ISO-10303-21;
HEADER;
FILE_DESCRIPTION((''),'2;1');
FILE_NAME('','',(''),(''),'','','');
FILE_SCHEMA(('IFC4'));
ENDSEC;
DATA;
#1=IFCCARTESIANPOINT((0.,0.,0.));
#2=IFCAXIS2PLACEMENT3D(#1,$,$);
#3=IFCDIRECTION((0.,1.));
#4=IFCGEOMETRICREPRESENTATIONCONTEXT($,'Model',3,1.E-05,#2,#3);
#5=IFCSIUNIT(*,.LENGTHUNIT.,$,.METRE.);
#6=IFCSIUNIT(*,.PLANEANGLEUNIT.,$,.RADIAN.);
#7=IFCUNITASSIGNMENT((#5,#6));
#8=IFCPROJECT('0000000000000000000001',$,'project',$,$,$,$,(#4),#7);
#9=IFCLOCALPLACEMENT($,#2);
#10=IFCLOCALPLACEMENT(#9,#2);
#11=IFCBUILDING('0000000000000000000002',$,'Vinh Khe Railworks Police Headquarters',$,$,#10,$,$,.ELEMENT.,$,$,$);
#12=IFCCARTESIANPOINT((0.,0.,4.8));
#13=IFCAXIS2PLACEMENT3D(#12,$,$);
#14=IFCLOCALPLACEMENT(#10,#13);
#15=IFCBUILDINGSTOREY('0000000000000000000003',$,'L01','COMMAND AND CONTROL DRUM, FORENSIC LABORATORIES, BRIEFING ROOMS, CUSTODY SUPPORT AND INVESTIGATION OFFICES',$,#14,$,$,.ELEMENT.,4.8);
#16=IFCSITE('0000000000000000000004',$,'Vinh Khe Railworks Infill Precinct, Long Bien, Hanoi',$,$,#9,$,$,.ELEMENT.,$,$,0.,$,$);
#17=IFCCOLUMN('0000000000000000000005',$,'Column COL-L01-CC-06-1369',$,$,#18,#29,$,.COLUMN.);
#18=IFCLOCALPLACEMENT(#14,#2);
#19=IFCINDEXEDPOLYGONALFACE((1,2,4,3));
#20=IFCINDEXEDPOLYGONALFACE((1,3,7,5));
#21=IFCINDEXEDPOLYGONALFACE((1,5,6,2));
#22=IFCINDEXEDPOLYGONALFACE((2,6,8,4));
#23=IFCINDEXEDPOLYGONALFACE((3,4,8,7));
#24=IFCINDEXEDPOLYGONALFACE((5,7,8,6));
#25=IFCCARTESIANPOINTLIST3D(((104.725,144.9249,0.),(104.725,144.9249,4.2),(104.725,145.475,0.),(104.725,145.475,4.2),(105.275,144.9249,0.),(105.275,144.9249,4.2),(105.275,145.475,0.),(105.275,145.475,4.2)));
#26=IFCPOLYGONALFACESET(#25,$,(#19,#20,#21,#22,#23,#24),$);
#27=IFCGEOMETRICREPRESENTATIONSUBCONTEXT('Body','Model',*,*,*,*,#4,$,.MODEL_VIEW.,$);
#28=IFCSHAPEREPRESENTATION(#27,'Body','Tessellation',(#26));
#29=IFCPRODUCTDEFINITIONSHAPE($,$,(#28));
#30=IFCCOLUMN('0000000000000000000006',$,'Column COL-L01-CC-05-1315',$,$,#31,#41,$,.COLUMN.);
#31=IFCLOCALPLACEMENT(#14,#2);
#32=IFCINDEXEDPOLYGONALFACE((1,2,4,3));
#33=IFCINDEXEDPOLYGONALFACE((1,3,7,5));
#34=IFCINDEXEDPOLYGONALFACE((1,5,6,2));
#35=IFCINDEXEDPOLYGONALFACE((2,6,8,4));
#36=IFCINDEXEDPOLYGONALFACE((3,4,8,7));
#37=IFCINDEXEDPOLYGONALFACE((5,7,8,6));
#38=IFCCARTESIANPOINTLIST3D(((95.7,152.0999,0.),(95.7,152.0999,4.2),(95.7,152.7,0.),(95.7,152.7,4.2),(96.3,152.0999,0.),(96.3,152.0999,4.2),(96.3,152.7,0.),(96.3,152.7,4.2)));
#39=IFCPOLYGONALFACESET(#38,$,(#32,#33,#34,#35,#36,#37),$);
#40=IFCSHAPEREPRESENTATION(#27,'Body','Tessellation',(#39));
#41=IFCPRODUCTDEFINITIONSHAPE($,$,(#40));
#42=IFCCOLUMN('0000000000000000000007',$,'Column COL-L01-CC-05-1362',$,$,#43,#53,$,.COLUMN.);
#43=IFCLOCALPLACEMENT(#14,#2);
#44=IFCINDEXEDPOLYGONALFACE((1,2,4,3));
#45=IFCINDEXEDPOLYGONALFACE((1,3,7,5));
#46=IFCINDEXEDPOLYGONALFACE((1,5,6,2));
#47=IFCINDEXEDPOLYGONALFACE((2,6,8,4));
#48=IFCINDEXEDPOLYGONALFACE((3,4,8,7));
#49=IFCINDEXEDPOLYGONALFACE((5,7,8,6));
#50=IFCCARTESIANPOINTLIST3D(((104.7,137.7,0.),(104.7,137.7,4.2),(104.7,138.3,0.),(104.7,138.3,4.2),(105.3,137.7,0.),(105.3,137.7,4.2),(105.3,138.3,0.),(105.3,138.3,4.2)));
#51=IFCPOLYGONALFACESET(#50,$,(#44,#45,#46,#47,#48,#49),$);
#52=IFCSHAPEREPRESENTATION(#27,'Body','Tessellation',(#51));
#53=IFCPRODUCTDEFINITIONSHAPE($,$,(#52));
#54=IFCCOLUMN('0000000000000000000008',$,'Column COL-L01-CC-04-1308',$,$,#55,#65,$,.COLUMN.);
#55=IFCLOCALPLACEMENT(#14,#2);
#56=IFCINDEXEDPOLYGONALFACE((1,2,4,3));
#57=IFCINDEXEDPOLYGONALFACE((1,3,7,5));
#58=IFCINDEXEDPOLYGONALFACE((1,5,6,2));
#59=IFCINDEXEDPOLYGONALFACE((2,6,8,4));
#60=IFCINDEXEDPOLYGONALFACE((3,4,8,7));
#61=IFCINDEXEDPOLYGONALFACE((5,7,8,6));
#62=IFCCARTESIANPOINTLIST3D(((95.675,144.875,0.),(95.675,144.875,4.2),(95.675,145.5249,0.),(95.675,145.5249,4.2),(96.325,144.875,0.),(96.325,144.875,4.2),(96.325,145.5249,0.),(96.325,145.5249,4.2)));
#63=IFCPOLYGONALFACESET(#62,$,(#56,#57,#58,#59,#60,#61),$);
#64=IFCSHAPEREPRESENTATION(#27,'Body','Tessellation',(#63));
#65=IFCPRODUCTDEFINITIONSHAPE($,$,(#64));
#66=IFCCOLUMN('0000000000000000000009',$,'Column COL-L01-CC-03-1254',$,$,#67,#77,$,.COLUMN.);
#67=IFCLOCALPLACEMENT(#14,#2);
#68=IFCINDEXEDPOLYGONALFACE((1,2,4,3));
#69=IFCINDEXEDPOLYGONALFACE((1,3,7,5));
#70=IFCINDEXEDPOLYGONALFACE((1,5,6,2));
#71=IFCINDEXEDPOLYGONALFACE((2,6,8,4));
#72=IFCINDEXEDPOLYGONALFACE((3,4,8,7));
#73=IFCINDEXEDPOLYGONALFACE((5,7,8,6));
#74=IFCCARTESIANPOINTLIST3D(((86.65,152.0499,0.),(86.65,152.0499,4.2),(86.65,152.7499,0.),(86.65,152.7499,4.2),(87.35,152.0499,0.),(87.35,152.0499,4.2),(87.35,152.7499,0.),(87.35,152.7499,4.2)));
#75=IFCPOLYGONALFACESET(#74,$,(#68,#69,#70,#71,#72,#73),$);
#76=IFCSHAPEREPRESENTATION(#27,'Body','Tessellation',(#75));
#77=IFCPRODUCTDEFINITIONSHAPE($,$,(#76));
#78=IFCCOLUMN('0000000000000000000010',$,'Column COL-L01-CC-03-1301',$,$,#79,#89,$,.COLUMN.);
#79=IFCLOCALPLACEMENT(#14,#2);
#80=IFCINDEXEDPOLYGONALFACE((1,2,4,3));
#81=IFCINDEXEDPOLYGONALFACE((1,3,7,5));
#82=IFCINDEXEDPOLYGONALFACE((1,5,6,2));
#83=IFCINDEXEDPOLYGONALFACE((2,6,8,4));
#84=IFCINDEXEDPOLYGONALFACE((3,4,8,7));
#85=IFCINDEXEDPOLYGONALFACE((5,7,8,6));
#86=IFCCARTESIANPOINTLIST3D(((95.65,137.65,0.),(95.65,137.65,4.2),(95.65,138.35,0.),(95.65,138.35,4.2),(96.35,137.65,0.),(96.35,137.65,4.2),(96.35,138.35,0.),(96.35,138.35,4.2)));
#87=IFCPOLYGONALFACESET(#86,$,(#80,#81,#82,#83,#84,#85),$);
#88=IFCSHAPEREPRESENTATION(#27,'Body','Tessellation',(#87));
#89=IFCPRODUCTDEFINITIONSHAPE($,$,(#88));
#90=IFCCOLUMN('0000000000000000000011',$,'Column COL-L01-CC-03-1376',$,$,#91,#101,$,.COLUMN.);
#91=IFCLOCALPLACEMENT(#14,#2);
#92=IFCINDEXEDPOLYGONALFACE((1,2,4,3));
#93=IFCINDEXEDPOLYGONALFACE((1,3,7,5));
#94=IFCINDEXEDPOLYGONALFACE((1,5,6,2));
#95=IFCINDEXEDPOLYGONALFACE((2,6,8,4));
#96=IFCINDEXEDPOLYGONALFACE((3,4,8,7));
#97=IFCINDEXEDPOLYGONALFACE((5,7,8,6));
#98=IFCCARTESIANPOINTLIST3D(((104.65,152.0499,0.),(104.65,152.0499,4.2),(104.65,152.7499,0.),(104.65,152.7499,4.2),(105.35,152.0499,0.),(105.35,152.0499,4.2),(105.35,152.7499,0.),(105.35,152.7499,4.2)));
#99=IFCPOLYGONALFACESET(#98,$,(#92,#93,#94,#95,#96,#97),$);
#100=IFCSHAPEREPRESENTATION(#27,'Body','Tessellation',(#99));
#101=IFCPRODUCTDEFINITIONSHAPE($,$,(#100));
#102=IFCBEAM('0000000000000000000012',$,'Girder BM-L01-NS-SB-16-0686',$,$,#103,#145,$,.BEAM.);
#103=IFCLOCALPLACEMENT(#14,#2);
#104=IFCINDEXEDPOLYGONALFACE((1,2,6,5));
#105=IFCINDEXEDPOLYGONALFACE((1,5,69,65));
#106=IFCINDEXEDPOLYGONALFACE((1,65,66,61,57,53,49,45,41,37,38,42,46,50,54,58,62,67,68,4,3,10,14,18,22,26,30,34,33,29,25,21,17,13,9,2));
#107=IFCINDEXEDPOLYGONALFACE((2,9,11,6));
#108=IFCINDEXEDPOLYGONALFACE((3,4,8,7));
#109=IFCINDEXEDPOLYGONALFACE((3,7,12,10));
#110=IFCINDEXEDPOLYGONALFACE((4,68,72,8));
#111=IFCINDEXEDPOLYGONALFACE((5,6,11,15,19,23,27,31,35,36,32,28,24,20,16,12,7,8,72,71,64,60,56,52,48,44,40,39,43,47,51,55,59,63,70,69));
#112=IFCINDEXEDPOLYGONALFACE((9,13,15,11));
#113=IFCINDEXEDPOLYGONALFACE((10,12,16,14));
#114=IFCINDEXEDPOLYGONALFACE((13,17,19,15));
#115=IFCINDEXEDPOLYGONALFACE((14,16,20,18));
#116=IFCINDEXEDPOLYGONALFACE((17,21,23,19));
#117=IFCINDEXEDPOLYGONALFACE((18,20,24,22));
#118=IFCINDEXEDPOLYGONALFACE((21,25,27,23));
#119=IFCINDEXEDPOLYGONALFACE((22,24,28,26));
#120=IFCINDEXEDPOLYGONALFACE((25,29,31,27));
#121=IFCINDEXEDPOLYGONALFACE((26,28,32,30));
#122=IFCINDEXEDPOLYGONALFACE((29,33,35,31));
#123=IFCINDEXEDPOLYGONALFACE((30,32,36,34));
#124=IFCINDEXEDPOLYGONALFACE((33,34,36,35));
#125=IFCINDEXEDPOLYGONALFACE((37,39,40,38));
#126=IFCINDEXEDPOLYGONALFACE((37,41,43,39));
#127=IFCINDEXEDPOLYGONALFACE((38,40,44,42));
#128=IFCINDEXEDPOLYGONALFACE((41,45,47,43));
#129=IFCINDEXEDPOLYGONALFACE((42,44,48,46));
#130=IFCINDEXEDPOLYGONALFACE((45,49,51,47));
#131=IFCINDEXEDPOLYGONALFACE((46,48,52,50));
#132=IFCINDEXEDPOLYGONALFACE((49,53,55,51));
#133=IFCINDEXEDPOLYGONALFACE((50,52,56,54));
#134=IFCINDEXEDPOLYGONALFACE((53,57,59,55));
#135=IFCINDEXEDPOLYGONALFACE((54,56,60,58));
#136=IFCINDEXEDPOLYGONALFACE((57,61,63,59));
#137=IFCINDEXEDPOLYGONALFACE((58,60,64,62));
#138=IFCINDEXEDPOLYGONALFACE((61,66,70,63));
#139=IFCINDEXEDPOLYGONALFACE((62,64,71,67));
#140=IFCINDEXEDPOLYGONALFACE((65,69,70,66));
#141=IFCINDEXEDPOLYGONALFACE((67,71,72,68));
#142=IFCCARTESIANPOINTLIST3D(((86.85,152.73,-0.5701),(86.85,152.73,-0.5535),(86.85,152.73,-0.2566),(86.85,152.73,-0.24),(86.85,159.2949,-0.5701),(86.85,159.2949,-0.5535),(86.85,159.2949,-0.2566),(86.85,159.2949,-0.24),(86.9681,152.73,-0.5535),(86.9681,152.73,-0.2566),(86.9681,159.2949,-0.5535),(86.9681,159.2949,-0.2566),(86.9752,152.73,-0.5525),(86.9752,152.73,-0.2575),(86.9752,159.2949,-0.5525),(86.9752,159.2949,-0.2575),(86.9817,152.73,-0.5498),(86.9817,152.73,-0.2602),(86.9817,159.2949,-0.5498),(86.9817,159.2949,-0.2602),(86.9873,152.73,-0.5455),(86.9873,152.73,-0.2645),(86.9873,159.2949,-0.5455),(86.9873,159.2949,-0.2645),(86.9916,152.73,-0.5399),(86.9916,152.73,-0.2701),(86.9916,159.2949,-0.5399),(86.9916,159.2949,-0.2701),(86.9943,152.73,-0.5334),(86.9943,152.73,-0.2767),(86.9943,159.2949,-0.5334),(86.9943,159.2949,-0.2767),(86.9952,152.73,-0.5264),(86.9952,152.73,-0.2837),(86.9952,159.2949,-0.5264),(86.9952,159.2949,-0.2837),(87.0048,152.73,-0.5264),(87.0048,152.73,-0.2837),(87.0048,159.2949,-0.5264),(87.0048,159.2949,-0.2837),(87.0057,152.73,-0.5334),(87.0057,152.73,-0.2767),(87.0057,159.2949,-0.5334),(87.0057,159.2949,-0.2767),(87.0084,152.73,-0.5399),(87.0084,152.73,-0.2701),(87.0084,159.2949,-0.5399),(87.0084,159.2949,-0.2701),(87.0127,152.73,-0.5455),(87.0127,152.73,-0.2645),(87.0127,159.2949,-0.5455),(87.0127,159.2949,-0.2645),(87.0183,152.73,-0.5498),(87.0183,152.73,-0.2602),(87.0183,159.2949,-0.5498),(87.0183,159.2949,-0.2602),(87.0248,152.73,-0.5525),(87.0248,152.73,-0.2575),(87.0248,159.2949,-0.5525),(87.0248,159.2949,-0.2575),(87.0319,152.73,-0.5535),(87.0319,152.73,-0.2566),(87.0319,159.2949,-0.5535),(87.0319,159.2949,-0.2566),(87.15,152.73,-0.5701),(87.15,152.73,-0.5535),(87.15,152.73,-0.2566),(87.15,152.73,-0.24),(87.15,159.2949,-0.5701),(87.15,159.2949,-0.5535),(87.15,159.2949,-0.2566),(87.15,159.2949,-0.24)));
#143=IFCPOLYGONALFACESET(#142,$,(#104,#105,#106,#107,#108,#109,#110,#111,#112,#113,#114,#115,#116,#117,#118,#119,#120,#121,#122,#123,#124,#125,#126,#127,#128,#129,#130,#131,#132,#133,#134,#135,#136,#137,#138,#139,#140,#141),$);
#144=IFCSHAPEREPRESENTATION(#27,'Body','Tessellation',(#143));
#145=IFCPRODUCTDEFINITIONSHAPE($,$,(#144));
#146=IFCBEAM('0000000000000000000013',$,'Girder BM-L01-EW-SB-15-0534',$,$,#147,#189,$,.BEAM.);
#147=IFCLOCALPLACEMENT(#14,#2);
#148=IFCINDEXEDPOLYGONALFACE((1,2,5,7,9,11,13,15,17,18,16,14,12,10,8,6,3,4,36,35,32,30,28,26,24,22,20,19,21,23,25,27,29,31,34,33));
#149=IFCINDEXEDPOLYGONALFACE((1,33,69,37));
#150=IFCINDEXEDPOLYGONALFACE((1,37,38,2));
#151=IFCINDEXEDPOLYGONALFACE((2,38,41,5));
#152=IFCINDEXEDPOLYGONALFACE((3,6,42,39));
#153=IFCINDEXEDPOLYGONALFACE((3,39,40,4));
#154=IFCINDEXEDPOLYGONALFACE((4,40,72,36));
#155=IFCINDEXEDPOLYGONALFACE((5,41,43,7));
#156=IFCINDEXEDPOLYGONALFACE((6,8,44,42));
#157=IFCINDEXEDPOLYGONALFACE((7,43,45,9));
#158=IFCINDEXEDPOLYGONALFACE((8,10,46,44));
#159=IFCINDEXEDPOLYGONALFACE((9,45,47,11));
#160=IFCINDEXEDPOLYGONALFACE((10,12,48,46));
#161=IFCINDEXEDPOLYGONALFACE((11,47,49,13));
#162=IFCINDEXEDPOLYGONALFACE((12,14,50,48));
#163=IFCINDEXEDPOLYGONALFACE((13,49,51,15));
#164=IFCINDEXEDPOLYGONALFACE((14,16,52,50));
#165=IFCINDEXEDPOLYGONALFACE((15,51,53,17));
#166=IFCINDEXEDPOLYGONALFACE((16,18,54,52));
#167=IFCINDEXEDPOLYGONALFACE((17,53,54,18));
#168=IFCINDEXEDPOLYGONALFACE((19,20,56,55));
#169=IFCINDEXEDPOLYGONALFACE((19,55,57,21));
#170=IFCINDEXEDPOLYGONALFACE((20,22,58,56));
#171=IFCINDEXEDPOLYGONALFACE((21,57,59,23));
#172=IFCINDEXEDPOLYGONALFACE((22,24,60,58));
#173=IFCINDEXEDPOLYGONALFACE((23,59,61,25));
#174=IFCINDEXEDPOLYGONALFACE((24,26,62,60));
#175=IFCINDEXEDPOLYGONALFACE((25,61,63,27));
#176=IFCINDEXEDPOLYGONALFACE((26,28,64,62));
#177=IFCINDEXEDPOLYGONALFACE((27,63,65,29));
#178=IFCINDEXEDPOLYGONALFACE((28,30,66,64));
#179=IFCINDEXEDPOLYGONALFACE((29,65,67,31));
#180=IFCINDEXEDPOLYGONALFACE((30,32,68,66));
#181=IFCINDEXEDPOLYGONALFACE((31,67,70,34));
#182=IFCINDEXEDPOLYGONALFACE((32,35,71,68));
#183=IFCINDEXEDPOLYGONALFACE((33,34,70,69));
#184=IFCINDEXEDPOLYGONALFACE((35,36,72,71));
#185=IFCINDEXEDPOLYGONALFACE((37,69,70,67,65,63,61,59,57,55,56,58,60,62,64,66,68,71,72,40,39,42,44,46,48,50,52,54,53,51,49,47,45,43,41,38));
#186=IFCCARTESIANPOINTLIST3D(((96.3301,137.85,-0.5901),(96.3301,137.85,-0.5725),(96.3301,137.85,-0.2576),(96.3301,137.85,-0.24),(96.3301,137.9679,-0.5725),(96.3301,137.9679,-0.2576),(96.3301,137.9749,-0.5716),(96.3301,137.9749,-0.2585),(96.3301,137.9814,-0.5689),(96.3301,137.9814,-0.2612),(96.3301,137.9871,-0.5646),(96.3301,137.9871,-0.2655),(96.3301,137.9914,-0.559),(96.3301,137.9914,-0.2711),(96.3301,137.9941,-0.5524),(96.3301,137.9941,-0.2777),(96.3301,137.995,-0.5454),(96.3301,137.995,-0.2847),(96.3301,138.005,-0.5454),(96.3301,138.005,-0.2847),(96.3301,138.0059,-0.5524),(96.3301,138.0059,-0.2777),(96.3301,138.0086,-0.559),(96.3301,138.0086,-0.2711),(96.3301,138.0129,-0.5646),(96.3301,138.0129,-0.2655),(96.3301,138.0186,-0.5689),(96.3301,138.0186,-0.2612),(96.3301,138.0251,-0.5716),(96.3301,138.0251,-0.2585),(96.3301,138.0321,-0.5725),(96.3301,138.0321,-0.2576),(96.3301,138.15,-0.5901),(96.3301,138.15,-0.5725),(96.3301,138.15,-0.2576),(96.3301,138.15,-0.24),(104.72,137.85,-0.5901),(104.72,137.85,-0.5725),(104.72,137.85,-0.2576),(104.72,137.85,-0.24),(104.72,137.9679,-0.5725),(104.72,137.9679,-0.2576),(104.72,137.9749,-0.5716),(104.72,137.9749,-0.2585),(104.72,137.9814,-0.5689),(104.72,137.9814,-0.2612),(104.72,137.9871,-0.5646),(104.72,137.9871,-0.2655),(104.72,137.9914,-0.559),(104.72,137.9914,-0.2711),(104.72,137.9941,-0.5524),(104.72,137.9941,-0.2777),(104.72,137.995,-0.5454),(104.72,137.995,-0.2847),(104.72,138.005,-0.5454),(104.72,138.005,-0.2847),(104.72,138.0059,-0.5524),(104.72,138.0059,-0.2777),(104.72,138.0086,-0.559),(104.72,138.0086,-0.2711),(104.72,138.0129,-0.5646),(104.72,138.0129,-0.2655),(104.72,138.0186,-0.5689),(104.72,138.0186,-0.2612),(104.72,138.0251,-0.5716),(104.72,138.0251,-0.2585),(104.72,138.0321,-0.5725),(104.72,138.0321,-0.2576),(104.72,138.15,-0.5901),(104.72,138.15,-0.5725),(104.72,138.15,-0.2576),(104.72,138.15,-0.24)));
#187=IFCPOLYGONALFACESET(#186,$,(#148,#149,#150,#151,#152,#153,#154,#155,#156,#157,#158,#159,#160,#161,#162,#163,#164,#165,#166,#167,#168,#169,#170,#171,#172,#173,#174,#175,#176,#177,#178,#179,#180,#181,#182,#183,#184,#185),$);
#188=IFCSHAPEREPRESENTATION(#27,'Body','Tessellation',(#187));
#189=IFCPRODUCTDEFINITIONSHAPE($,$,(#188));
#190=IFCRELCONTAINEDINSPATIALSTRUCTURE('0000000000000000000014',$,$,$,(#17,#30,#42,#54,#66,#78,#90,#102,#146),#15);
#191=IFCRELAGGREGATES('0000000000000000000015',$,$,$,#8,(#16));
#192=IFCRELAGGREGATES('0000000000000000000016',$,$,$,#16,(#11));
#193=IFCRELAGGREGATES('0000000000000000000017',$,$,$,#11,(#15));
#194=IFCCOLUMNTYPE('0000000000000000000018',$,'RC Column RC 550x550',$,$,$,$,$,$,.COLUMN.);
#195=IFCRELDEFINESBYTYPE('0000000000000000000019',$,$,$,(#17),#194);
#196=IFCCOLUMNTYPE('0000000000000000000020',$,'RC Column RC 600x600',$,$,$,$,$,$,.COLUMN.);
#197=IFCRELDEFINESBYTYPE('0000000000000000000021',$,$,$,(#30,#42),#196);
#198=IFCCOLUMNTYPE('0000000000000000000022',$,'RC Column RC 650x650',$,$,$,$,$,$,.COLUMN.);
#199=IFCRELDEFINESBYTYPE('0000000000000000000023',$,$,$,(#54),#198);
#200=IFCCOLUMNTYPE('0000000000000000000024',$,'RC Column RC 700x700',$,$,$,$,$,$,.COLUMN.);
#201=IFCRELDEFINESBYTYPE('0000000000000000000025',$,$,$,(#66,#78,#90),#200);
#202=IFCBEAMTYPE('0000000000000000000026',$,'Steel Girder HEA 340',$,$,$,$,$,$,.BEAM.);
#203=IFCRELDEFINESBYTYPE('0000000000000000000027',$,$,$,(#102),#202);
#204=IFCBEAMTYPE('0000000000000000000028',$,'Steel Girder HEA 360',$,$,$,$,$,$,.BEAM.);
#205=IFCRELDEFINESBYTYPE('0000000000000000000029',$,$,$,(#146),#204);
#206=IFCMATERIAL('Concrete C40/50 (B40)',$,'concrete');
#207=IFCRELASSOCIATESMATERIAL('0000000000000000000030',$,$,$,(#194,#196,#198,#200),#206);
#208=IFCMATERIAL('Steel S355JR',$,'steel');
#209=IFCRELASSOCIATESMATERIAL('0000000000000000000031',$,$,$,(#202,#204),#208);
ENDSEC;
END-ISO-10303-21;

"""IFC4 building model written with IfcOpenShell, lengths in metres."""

from ifc_helpers import new_model, si_unit, direction, frame, origin, origin_2d, place, context, subcontext, project, spatial, rectangle, i_section, extrude, material, material_profile, profile_set, type_object, element, save


model = new_model("IFC4")

# Units and contexts
model_context = context("Model", 3, precision=1e-05, world=origin(), true_north=direction((0.0, 1.0)))
body_context = subcontext(model_context, "Body", "Model", "MODEL_VIEW")
ifc_project = project(units=[si_unit("LENGTHUNIT", "METRE"), si_unit("PLANEANGLEUNIT", "RADIAN")], contexts=[model_context])

# Site, building, storey
site_placement = place(None, origin())
site = spatial("IfcSite", under=ifc_project, at=site_placement, Name="Vinh Khe Railworks Infill Precinct, Long Bien, Hanoi", CompositionType="ELEMENT", RefElevation=0.0)
building_placement = place(site_placement, origin())
building = spatial("IfcBuilding", under=site, at=building_placement, Name="Vinh Khe Railworks Police Headquarters", CompositionType="ELEMENT")
storey_placement = place(building_placement, frame((0.0, 0.0, 4.8)))
storey = spatial("IfcBuildingStorey", under=building, at=storey_placement, Name="L01", Description="COMMAND AND CONTROL DRUM, FORENSIC LABORATORIES, BRIEFING ROOMS, CUSTODY SUPPORT AND INVESTIGATION OFFICES", CompositionType="ELEMENT", Elevation=4.8)

# Columns
ifc_material_1 = material(Name="Concrete C40/50 (B40)", Category="concrete")
ifc_material_profile_1 = material_profile(ifc_material_1, rectangle(XDim=0.55, YDim=0.55, at=origin_2d()), Name="RC 550x550")
ifc_profile_set_1 = profile_set([ifc_material_profile_1], Name="Concrete C40/50 (B40)")
column_type_1 = type_object("IfcColumnType", Name="RC Column RC 550x550", PredefinedType="COLUMN", material=ifc_profile_set_1)
column_1_placement = place(storey_placement, frame((105.0, 145.2, 0.0), z_axis=(0.0, 0.0, 1.0), x_axis=(1.0, 0.0, 0.0)))
element("IfcColumn", 1, at=column_1_placement, inside=storey, type_object=column_type_1, Name="Column COL-L01-CC-06-1369", PredefinedType="COLUMN", context=body_context, shape_type="SweptSolid", body=[
    extrude(rectangle(XDim=0.55, YDim=0.55, at=origin_2d()), origin(), (0.0, 0.0, 1.0), 4.2),
])
ifc_material_profile_2 = material_profile(ifc_material_1, rectangle(XDim=0.6001, YDim=0.6001, at=origin_2d()), Name="RC 600x600")
ifc_profile_set_2 = profile_set([ifc_material_profile_2], Name="Concrete C40/50 (B40)")
column_type_2 = type_object("IfcColumnType", Name="RC Column RC 600x600", PredefinedType="COLUMN", material=ifc_profile_set_2)
for number, where, z_axis, x_axis, name in (
    (2, (96.0, 152.3999, 0.0), (0.0, 0.0, 1.0), (1.0, 0.0, 0.0), "Column COL-L01-CC-05-1315"),
    (3, (105.0, 138.0, 0.0), (0.0, 0.0, 1.0), (1.0, 0.0, 0.0), "Column COL-L01-CC-05-1362"),
):
    element("IfcColumn", number, at=place(storey_placement, frame(where, z_axis=z_axis, x_axis=x_axis)), inside=storey, type_object=column_type_2, Name=name, PredefinedType="COLUMN", context=body_context, shape_type="SweptSolid", body=[
        extrude(rectangle(XDim=0.6001, YDim=0.6001, at=origin_2d()), origin(), (0.0, 0.0, 1.0), 4.2),
    ])
ifc_material_profile_3 = material_profile(ifc_material_1, rectangle(XDim=0.6499, YDim=0.6499, at=origin_2d()), Name="RC 650x650")
ifc_profile_set_3 = profile_set([ifc_material_profile_3], Name="Concrete C40/50 (B40)")
column_type_3 = type_object("IfcColumnType", Name="RC Column RC 650x650", PredefinedType="COLUMN", material=ifc_profile_set_3)
column_2_placement = place(storey_placement, frame((96.0, 145.2, 0.0), z_axis=(0.0, 0.0, 1.0), x_axis=(1.0, 0.0, 0.0)))
element("IfcColumn", 4, at=column_2_placement, inside=storey, type_object=column_type_3, Name="Column COL-L01-CC-04-1308", PredefinedType="COLUMN", context=body_context, shape_type="SweptSolid", body=[
    extrude(rectangle(XDim=0.6499, YDim=0.6499, at=origin_2d()), origin(), (0.0, 0.0, 1.0), 4.2),
])
ifc_material_profile_4 = material_profile(ifc_material_1, rectangle(XDim=0.7, YDim=0.7, at=origin_2d()), Name="RC 700x700")
ifc_profile_set_4 = profile_set([ifc_material_profile_4], Name="Concrete C40/50 (B40)")
column_type_4 = type_object("IfcColumnType", Name="RC Column RC 700x700", PredefinedType="COLUMN", material=ifc_profile_set_4)
for number, where, z_axis, x_axis, name in (
    (5, (87.0, 152.3999, 0.0), (0.0, 0.0, 1.0), (1.0, 0.0, 0.0), "Column COL-L01-CC-03-1254"),
    (6, (96.0, 138.0, 0.0), (0.0, 0.0, 1.0), (1.0, 0.0, 0.0), "Column COL-L01-CC-03-1301"),
    (7, (105.0, 152.3999, 0.0), (0.0, 0.0, 1.0), (1.0, 0.0, 0.0), "Column COL-L01-CC-03-1376"),
):
    element("IfcColumn", number, at=place(storey_placement, frame(where, z_axis=z_axis, x_axis=x_axis)), inside=storey, type_object=column_type_4, Name=name, PredefinedType="COLUMN", context=body_context, shape_type="SweptSolid", body=[
        extrude(rectangle(XDim=0.7, YDim=0.7, at=origin_2d()), origin(), (0.0, 0.0, 1.0), 4.2),
    ])

# Beams
ifc_material_2 = material(Name="Steel S355JR", Category="steel")
ifc_material_profile_5 = material_profile(ifc_material_2, i_section(OverallWidth=0.3, OverallDepth=0.3301, WebThickness=0.0095, FlangeThickness=0.0166, FilletRadius=0.0271, at=origin_2d()), Name="HEA 340")
ifc_profile_set_5 = profile_set([ifc_material_profile_5], Name="Steel S355JR")
beam_type_1 = type_object("IfcBeamType", Name="Steel Girder HEA 340", PredefinedType="BEAM", material=ifc_profile_set_5)
beam_1_placement = place(storey_placement, frame((87.0, 152.73, -0.405), z_axis=(0.0, 1.0, 0.0), x_axis=(-1.0, 0.0, 0.0)))
element("IfcBeam", 8, at=beam_1_placement, inside=storey, type_object=beam_type_1, Name="Girder BM-L01-NS-SB-16-0686", PredefinedType="BEAM", context=body_context, shape_type="SweptSolid", body=[
    extrude(i_section(OverallWidth=0.3, OverallDepth=0.3301, WebThickness=0.0095, FlangeThickness=0.0166, FilletRadius=0.0271, at=origin_2d()), origin(), (0.0, 0.0, 1.0), 6.5649),
])
ifc_material_profile_6 = material_profile(ifc_material_2, i_section(OverallWidth=0.3, OverallDepth=0.3501, WebThickness=0.01, FlangeThickness=0.0176, FilletRadius=0.0271, at=origin_2d()), Name="HEA 360")
ifc_profile_set_6 = profile_set([ifc_material_profile_6], Name="Steel S355JR")
beam_type_2 = type_object("IfcBeamType", Name="Steel Girder HEA 360", PredefinedType="BEAM", material=ifc_profile_set_6)
beam_2_placement = place(storey_placement, frame((96.3301, 138.0, -0.415), z_axis=(1.0, 0.0, 0.0), x_axis=(0.0, 1.0, 0.0)))
element("IfcBeam", 9, at=beam_2_placement, inside=storey, type_object=beam_type_2, Name="Girder BM-L01-EW-SB-15-0534", PredefinedType="BEAM", context=body_context, shape_type="SweptSolid", body=[
    extrude(i_section(OverallWidth=0.3, OverallDepth=0.3501, WebThickness=0.01, FlangeThickness=0.0176, FilletRadius=0.0271, at=origin_2d()), origin(), (0.0, 0.0, 1.0), 8.3899),
])

save(model, "model.ifc")
